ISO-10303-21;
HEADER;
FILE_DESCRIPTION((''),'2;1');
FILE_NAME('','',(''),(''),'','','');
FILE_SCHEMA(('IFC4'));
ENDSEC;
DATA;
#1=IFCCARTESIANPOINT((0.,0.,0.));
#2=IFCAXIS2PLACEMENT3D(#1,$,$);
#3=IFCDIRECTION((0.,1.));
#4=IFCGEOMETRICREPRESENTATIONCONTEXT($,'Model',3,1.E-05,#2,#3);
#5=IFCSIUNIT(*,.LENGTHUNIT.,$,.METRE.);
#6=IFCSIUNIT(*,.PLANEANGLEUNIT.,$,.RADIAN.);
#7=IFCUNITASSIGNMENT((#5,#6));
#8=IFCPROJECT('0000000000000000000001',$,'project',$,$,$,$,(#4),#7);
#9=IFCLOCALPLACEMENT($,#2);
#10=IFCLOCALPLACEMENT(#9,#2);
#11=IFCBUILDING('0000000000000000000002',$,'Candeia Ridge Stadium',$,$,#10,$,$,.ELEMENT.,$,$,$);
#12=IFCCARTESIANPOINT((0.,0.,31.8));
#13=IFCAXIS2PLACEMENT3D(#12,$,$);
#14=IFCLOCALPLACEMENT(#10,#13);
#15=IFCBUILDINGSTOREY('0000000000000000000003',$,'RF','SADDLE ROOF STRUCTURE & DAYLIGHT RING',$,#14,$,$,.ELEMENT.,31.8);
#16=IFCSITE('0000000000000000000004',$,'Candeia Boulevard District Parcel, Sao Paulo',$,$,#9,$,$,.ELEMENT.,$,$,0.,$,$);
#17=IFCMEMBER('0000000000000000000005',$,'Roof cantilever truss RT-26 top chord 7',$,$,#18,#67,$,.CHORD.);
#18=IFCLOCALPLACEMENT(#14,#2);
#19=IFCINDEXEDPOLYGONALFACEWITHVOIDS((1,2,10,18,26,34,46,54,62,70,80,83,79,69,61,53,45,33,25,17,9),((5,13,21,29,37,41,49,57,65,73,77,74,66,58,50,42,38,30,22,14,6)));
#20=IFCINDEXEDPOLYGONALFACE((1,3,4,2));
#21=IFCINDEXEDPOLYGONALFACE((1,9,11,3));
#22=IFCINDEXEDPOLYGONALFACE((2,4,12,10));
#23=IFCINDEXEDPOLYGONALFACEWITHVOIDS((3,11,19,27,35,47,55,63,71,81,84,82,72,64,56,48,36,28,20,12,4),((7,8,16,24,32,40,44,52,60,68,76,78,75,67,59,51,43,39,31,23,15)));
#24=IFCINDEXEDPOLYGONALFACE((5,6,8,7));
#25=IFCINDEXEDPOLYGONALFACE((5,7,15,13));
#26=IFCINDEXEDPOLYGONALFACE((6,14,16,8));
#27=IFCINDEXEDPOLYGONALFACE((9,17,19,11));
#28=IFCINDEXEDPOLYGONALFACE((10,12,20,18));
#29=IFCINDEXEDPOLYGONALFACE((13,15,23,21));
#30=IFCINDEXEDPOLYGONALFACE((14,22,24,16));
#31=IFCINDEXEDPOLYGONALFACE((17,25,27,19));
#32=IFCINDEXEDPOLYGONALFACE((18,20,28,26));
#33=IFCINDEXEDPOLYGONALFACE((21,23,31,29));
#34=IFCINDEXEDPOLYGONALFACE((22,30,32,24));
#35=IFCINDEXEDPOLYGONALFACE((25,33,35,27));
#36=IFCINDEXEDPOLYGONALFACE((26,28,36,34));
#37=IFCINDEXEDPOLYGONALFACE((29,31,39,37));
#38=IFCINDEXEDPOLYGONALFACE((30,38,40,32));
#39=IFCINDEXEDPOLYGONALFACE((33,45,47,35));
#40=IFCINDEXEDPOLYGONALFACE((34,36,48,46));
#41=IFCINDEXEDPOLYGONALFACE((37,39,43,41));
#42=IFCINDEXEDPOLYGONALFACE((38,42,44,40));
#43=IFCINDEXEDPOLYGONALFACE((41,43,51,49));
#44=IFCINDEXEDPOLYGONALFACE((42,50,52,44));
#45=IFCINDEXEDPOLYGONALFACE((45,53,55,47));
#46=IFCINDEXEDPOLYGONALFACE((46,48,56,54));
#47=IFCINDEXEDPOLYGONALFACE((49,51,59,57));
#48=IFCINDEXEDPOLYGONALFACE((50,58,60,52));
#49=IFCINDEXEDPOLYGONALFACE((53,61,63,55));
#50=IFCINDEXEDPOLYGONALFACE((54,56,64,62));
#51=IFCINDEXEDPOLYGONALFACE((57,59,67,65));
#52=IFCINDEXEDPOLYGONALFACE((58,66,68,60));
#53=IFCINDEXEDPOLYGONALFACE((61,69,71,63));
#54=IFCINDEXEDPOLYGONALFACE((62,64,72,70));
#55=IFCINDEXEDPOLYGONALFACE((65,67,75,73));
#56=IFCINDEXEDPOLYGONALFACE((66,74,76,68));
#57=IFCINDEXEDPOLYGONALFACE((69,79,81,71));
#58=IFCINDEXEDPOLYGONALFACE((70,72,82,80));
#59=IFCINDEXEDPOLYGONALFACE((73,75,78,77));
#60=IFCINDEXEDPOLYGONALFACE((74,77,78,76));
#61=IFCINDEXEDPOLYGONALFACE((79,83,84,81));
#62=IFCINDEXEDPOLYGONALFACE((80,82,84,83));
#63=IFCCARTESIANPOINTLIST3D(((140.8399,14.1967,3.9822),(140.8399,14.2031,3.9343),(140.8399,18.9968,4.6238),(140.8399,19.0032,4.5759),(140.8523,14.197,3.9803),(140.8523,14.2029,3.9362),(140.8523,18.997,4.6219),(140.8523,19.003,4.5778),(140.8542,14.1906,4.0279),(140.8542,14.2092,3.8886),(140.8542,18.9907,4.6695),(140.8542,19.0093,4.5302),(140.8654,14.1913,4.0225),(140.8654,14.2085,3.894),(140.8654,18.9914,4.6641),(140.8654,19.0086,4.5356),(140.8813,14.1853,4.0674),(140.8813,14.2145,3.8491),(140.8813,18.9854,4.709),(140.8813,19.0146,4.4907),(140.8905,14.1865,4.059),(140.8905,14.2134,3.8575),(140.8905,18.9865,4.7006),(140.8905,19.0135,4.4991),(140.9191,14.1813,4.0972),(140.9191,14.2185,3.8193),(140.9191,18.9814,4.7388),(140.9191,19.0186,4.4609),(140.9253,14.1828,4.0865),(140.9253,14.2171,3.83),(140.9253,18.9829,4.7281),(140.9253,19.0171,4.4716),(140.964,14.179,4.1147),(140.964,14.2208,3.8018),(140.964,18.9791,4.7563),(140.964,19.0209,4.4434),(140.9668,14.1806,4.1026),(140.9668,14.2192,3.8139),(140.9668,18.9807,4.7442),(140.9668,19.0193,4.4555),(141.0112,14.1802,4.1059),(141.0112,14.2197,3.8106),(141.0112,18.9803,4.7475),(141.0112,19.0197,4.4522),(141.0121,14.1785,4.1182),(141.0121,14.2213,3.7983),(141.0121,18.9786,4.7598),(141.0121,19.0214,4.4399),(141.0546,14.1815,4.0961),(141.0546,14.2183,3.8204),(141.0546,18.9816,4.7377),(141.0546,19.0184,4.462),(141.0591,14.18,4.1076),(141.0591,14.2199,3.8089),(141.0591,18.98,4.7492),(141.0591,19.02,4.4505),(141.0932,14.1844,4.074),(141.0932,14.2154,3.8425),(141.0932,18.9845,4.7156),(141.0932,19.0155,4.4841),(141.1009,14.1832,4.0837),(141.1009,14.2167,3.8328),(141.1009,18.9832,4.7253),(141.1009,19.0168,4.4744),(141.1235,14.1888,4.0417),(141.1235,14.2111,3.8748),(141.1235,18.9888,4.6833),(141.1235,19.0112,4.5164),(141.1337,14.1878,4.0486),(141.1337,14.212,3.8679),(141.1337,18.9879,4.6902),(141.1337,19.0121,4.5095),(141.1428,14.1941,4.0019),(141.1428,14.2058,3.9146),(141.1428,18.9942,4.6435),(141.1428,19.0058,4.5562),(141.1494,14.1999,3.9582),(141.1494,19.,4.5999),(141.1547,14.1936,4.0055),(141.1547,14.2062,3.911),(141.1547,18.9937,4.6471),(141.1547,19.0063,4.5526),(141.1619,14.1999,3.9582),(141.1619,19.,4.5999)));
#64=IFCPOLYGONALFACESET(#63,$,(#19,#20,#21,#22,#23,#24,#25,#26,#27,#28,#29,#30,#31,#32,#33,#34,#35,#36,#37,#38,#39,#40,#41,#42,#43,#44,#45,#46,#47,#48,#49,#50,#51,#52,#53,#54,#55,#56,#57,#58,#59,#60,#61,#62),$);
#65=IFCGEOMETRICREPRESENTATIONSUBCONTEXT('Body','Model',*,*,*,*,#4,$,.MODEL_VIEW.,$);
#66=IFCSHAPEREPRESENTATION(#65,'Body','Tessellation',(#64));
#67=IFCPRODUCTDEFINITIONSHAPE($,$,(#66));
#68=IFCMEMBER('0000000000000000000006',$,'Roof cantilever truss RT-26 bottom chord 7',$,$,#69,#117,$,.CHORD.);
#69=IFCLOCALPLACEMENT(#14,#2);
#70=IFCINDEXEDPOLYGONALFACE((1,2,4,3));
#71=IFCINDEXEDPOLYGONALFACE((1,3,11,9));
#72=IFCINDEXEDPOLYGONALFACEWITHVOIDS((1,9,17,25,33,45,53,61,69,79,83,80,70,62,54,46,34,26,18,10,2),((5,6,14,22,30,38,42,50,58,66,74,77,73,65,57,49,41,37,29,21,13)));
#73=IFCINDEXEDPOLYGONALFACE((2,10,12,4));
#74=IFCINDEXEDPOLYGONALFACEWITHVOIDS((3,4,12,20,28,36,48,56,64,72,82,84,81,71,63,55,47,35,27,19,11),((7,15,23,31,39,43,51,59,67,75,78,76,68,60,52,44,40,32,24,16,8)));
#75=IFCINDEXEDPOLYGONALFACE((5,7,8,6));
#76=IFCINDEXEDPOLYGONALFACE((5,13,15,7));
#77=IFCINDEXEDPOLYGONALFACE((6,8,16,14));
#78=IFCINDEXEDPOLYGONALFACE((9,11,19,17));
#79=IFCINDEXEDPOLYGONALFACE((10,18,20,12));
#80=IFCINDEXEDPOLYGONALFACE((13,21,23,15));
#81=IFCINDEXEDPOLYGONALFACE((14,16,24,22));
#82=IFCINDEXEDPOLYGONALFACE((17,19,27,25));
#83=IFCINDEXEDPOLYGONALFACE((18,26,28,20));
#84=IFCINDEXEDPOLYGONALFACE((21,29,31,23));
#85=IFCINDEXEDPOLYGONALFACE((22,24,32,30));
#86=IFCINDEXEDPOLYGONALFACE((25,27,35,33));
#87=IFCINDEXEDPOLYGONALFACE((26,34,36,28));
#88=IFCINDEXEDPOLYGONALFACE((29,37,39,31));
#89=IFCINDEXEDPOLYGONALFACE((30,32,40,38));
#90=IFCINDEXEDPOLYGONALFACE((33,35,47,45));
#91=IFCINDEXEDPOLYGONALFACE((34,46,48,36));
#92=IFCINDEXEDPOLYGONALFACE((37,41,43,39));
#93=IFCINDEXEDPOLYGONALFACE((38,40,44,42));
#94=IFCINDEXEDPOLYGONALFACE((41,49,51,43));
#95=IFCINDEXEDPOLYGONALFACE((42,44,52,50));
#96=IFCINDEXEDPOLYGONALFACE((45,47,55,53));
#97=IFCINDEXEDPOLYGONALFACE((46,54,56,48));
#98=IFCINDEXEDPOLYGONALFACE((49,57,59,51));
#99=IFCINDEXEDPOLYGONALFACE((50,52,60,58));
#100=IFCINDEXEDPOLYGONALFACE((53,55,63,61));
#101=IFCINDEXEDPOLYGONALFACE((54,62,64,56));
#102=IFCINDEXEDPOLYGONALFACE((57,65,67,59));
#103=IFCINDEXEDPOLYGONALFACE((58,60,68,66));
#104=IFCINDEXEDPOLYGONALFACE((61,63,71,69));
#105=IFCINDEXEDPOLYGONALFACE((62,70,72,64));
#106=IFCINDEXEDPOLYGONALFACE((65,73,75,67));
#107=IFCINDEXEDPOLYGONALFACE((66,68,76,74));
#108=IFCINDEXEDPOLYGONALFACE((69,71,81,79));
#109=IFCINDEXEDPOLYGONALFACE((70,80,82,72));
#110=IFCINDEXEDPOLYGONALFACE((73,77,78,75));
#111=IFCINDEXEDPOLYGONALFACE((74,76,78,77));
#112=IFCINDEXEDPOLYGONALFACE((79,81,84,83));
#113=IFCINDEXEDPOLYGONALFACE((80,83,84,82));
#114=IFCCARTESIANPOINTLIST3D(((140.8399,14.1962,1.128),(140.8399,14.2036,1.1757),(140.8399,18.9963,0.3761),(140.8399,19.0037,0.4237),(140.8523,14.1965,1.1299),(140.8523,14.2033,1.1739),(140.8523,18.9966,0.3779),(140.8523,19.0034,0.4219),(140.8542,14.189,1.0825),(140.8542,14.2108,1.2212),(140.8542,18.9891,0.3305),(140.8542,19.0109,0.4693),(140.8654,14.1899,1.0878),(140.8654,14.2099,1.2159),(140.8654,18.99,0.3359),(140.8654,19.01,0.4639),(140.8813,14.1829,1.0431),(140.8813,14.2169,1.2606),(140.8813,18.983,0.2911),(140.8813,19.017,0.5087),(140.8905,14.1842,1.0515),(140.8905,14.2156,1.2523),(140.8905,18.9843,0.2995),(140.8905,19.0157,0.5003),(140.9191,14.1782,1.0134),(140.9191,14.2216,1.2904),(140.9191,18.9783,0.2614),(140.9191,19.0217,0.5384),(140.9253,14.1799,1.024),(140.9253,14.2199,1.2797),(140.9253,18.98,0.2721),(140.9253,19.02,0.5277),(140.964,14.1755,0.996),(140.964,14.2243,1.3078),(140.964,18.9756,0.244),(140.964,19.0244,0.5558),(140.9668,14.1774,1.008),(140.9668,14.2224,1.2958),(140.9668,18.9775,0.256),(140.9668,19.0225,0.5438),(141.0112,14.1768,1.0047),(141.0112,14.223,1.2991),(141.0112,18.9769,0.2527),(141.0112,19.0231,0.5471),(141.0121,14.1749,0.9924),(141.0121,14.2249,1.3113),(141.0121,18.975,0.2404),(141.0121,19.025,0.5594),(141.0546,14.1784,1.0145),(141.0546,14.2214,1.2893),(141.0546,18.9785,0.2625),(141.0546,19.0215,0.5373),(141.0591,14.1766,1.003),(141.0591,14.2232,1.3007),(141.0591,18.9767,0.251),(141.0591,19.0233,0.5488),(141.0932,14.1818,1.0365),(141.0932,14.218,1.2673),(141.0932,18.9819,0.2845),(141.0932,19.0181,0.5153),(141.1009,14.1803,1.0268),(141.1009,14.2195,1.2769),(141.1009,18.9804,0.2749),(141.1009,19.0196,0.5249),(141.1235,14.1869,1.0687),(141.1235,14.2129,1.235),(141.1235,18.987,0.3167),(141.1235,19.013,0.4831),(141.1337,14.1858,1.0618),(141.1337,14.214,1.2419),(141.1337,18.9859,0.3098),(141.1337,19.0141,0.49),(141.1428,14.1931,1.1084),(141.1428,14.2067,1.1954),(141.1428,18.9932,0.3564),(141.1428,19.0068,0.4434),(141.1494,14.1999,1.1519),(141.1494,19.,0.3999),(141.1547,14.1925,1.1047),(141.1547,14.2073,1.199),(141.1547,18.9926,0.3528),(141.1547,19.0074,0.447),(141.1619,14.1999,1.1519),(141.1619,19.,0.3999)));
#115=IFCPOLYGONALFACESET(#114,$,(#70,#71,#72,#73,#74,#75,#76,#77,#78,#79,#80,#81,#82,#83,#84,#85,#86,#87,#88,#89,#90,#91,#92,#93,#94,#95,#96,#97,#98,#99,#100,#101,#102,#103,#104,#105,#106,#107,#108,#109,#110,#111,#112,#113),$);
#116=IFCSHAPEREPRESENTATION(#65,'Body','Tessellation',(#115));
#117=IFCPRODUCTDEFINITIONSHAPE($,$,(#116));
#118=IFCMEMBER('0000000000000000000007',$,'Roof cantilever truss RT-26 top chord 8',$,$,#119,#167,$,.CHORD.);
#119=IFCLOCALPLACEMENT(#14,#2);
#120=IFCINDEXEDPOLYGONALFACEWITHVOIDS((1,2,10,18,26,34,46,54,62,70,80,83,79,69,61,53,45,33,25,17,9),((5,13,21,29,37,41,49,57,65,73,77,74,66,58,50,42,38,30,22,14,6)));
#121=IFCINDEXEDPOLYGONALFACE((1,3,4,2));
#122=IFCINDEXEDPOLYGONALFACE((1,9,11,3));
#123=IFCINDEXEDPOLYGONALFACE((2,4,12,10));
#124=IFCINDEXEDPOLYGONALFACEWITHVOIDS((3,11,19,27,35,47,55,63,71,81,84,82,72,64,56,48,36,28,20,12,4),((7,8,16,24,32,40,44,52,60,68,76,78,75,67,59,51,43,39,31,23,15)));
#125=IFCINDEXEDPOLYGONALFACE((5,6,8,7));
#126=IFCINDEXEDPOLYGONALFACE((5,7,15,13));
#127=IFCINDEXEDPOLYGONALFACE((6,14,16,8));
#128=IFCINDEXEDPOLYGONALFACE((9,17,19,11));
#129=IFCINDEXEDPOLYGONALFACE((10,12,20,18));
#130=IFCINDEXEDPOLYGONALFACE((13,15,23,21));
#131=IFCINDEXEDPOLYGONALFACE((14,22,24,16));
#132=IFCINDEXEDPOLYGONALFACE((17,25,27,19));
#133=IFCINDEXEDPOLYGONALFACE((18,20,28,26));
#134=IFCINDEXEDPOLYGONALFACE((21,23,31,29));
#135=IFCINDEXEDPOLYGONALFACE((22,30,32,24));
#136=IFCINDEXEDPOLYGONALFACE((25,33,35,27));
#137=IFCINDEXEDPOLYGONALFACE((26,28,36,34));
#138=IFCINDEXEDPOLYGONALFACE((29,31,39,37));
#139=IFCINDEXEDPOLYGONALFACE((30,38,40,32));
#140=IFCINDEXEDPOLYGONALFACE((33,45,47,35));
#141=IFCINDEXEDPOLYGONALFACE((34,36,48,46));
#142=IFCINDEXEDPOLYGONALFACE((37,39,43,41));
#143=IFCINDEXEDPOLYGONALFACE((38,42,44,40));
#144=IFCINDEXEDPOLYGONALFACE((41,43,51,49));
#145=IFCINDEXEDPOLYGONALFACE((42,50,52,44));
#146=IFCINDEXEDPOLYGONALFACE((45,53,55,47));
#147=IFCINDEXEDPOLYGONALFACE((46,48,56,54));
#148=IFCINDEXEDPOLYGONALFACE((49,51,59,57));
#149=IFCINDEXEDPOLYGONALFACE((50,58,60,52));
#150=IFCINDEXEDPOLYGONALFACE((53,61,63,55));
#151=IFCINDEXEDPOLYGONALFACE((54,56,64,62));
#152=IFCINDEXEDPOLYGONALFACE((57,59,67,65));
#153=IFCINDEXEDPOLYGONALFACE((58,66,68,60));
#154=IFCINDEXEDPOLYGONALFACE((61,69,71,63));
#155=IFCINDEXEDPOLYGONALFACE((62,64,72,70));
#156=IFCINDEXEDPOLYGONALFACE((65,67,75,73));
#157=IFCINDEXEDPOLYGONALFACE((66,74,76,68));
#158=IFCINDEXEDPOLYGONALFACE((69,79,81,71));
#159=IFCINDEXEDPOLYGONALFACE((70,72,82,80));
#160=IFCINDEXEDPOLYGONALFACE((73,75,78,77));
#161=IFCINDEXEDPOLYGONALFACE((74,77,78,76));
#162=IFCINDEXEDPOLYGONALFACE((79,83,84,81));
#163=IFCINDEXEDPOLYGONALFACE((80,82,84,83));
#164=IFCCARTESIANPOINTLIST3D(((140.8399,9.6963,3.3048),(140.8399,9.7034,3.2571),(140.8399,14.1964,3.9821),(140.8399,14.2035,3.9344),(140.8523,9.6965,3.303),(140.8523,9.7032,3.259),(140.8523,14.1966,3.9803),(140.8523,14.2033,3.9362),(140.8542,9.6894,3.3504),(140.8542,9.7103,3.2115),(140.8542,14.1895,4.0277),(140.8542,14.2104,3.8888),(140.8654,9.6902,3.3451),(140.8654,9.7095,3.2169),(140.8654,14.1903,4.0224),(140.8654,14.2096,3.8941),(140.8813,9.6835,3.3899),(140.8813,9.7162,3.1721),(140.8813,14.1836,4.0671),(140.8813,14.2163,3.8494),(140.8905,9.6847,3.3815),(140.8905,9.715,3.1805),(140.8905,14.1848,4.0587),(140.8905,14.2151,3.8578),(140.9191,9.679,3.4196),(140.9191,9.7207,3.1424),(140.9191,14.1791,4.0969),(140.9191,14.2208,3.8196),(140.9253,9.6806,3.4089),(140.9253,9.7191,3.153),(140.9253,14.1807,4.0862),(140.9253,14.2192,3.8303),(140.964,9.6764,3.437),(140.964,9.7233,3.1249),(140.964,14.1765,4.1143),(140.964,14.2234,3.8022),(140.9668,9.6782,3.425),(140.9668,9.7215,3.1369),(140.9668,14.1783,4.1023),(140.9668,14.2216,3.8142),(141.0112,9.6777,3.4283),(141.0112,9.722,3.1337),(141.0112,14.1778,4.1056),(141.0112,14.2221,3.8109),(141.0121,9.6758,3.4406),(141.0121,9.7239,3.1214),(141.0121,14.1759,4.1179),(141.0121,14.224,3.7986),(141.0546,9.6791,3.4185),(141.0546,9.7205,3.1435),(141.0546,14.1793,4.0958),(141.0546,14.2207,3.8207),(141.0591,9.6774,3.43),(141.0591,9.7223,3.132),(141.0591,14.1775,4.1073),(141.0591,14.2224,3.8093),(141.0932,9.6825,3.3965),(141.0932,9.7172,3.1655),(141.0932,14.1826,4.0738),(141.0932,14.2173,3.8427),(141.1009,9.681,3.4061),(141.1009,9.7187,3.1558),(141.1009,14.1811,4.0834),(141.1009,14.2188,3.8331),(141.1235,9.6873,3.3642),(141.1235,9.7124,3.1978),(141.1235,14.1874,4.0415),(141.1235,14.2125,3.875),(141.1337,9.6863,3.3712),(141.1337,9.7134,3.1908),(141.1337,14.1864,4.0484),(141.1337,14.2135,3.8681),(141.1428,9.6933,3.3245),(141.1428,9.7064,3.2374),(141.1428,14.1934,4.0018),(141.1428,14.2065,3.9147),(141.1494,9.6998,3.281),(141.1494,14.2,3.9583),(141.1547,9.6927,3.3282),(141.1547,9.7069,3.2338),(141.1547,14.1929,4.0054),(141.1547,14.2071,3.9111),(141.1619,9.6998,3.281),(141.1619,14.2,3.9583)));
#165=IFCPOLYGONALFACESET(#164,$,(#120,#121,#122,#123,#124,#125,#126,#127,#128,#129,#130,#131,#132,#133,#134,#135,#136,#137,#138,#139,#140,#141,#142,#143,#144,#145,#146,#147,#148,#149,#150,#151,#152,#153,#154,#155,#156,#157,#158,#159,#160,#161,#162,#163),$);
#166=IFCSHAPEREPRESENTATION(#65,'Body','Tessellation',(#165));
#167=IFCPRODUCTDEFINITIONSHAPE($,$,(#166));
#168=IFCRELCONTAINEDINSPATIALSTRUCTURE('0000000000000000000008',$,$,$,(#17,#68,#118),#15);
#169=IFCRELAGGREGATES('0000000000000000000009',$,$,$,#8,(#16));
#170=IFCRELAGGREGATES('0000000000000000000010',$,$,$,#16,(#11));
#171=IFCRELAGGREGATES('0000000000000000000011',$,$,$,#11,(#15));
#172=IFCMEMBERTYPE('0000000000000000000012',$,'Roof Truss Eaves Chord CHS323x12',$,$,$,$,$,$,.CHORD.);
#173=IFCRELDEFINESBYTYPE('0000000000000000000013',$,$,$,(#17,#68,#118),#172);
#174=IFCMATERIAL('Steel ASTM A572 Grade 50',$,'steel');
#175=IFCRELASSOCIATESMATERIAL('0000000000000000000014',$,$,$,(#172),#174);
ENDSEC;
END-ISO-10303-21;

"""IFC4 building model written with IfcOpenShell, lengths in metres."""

from ifc_helpers import new_model, si_unit, direction, frame, origin, origin_2d, place, context, subcontext, project, spatial, hollow_circle, extrude, material, material_profile, profile_set, type_object, element, save


model = new_model("IFC4")

# Units and contexts
model_context = context("Model", 3, precision=1e-05, world=origin(), true_north=direction((0.0, 1.0)))
body_context = subcontext(model_context, "Body", "Model", "MODEL_VIEW")
ifc_project = project(units=[si_unit("LENGTHUNIT", "METRE"), si_unit("PLANEANGLEUNIT", "RADIAN")], contexts=[model_context])

# Site, building, storey
site_placement = place(None, origin())
site = spatial("IfcSite", under=ifc_project, at=site_placement, Name="Candeia Boulevard District Parcel, Sao Paulo", CompositionType="ELEMENT", RefElevation=0.0)
building_placement = place(site_placement, origin())
building = spatial("IfcBuilding", under=site, at=building_placement, Name="Candeia Ridge Stadium", CompositionType="ELEMENT")
storey_placement = place(building_placement, frame((0.0, 0.0, 31.8)))
storey = spatial("IfcBuildingStorey", under=building, at=storey_placement, Name="RF", Description="SADDLE ROOF STRUCTURE & DAYLIGHT RING", CompositionType="ELEMENT", Elevation=31.8)

# Shared definitions
ifc_material_1 = material(Name="Steel ASTM A572 Grade 50", Category="steel")

# Members
ifc_material_profile_1 = material_profile(ifc_material_1, hollow_circle(Radius=0.1619, WallThickness=0.0125, at=origin_2d()), Name="CHS323x12", Category="steel")
ifc_profile_set_1 = profile_set([ifc_material_profile_1], Name="Steel ASTM A572 Grade 50")
member_type_1 = type_object("IfcMemberType", Name="Roof Truss Eaves Chord CHS323x12", PredefinedType="CHORD", material=ifc_profile_set_1)
member_1_placement = place(storey_placement, frame((141.0, 19.0, 4.5999), z_axis=(0.0, -0.991185, -0.132487), x_axis=(1.0, 0.0, 0.0)))
element("IfcMember", 1, at=member_1_placement, inside=storey, type_object=member_type_1, Name="Roof cantilever truss RT-26 top chord 7", PredefinedType="CHORD", context=body_context, shape_type="SweptSolid", body=[
    extrude(hollow_circle(Radius=0.1619, WallThickness=0.0125, at=origin_2d()), origin(), (0.0, 0.0, 1.0), 4.8428),
])
member_2_placement = place(storey_placement, frame((141.0, 19.0, 0.3999), z_axis=(0.0, -0.987951, 0.154768), x_axis=(1.0, 0.0, 0.0)))
element("IfcMember", 2, at=member_2_placement, inside=storey, type_object=member_type_1, Name="Roof cantilever truss RT-26 bottom chord 7", PredefinedType="CHORD", context=body_context, shape_type="SweptSolid", body=[
    extrude(hollow_circle(Radius=0.1619, WallThickness=0.0125, at=origin_2d()), origin(), (0.0, 0.0, 1.0), 4.8586),
])
member_3_placement = place(storey_placement, frame((141.0, 14.2, 3.9583), z_axis=(0.0, -0.988864, -0.148823), x_axis=(1.0, 0.0, 0.0)))
element("IfcMember", 3, at=member_3_placement, inside=storey, type_object=member_type_1, Name="Roof cantilever truss RT-26 top chord 8", PredefinedType="CHORD", context=body_context, shape_type="SweptSolid", body=[
    extrude(hollow_circle(Radius=0.1619, WallThickness=0.0125, at=origin_2d()), origin(), (0.0, 0.0, 1.0), 4.5508),
])

save(model, "model.ifc")
